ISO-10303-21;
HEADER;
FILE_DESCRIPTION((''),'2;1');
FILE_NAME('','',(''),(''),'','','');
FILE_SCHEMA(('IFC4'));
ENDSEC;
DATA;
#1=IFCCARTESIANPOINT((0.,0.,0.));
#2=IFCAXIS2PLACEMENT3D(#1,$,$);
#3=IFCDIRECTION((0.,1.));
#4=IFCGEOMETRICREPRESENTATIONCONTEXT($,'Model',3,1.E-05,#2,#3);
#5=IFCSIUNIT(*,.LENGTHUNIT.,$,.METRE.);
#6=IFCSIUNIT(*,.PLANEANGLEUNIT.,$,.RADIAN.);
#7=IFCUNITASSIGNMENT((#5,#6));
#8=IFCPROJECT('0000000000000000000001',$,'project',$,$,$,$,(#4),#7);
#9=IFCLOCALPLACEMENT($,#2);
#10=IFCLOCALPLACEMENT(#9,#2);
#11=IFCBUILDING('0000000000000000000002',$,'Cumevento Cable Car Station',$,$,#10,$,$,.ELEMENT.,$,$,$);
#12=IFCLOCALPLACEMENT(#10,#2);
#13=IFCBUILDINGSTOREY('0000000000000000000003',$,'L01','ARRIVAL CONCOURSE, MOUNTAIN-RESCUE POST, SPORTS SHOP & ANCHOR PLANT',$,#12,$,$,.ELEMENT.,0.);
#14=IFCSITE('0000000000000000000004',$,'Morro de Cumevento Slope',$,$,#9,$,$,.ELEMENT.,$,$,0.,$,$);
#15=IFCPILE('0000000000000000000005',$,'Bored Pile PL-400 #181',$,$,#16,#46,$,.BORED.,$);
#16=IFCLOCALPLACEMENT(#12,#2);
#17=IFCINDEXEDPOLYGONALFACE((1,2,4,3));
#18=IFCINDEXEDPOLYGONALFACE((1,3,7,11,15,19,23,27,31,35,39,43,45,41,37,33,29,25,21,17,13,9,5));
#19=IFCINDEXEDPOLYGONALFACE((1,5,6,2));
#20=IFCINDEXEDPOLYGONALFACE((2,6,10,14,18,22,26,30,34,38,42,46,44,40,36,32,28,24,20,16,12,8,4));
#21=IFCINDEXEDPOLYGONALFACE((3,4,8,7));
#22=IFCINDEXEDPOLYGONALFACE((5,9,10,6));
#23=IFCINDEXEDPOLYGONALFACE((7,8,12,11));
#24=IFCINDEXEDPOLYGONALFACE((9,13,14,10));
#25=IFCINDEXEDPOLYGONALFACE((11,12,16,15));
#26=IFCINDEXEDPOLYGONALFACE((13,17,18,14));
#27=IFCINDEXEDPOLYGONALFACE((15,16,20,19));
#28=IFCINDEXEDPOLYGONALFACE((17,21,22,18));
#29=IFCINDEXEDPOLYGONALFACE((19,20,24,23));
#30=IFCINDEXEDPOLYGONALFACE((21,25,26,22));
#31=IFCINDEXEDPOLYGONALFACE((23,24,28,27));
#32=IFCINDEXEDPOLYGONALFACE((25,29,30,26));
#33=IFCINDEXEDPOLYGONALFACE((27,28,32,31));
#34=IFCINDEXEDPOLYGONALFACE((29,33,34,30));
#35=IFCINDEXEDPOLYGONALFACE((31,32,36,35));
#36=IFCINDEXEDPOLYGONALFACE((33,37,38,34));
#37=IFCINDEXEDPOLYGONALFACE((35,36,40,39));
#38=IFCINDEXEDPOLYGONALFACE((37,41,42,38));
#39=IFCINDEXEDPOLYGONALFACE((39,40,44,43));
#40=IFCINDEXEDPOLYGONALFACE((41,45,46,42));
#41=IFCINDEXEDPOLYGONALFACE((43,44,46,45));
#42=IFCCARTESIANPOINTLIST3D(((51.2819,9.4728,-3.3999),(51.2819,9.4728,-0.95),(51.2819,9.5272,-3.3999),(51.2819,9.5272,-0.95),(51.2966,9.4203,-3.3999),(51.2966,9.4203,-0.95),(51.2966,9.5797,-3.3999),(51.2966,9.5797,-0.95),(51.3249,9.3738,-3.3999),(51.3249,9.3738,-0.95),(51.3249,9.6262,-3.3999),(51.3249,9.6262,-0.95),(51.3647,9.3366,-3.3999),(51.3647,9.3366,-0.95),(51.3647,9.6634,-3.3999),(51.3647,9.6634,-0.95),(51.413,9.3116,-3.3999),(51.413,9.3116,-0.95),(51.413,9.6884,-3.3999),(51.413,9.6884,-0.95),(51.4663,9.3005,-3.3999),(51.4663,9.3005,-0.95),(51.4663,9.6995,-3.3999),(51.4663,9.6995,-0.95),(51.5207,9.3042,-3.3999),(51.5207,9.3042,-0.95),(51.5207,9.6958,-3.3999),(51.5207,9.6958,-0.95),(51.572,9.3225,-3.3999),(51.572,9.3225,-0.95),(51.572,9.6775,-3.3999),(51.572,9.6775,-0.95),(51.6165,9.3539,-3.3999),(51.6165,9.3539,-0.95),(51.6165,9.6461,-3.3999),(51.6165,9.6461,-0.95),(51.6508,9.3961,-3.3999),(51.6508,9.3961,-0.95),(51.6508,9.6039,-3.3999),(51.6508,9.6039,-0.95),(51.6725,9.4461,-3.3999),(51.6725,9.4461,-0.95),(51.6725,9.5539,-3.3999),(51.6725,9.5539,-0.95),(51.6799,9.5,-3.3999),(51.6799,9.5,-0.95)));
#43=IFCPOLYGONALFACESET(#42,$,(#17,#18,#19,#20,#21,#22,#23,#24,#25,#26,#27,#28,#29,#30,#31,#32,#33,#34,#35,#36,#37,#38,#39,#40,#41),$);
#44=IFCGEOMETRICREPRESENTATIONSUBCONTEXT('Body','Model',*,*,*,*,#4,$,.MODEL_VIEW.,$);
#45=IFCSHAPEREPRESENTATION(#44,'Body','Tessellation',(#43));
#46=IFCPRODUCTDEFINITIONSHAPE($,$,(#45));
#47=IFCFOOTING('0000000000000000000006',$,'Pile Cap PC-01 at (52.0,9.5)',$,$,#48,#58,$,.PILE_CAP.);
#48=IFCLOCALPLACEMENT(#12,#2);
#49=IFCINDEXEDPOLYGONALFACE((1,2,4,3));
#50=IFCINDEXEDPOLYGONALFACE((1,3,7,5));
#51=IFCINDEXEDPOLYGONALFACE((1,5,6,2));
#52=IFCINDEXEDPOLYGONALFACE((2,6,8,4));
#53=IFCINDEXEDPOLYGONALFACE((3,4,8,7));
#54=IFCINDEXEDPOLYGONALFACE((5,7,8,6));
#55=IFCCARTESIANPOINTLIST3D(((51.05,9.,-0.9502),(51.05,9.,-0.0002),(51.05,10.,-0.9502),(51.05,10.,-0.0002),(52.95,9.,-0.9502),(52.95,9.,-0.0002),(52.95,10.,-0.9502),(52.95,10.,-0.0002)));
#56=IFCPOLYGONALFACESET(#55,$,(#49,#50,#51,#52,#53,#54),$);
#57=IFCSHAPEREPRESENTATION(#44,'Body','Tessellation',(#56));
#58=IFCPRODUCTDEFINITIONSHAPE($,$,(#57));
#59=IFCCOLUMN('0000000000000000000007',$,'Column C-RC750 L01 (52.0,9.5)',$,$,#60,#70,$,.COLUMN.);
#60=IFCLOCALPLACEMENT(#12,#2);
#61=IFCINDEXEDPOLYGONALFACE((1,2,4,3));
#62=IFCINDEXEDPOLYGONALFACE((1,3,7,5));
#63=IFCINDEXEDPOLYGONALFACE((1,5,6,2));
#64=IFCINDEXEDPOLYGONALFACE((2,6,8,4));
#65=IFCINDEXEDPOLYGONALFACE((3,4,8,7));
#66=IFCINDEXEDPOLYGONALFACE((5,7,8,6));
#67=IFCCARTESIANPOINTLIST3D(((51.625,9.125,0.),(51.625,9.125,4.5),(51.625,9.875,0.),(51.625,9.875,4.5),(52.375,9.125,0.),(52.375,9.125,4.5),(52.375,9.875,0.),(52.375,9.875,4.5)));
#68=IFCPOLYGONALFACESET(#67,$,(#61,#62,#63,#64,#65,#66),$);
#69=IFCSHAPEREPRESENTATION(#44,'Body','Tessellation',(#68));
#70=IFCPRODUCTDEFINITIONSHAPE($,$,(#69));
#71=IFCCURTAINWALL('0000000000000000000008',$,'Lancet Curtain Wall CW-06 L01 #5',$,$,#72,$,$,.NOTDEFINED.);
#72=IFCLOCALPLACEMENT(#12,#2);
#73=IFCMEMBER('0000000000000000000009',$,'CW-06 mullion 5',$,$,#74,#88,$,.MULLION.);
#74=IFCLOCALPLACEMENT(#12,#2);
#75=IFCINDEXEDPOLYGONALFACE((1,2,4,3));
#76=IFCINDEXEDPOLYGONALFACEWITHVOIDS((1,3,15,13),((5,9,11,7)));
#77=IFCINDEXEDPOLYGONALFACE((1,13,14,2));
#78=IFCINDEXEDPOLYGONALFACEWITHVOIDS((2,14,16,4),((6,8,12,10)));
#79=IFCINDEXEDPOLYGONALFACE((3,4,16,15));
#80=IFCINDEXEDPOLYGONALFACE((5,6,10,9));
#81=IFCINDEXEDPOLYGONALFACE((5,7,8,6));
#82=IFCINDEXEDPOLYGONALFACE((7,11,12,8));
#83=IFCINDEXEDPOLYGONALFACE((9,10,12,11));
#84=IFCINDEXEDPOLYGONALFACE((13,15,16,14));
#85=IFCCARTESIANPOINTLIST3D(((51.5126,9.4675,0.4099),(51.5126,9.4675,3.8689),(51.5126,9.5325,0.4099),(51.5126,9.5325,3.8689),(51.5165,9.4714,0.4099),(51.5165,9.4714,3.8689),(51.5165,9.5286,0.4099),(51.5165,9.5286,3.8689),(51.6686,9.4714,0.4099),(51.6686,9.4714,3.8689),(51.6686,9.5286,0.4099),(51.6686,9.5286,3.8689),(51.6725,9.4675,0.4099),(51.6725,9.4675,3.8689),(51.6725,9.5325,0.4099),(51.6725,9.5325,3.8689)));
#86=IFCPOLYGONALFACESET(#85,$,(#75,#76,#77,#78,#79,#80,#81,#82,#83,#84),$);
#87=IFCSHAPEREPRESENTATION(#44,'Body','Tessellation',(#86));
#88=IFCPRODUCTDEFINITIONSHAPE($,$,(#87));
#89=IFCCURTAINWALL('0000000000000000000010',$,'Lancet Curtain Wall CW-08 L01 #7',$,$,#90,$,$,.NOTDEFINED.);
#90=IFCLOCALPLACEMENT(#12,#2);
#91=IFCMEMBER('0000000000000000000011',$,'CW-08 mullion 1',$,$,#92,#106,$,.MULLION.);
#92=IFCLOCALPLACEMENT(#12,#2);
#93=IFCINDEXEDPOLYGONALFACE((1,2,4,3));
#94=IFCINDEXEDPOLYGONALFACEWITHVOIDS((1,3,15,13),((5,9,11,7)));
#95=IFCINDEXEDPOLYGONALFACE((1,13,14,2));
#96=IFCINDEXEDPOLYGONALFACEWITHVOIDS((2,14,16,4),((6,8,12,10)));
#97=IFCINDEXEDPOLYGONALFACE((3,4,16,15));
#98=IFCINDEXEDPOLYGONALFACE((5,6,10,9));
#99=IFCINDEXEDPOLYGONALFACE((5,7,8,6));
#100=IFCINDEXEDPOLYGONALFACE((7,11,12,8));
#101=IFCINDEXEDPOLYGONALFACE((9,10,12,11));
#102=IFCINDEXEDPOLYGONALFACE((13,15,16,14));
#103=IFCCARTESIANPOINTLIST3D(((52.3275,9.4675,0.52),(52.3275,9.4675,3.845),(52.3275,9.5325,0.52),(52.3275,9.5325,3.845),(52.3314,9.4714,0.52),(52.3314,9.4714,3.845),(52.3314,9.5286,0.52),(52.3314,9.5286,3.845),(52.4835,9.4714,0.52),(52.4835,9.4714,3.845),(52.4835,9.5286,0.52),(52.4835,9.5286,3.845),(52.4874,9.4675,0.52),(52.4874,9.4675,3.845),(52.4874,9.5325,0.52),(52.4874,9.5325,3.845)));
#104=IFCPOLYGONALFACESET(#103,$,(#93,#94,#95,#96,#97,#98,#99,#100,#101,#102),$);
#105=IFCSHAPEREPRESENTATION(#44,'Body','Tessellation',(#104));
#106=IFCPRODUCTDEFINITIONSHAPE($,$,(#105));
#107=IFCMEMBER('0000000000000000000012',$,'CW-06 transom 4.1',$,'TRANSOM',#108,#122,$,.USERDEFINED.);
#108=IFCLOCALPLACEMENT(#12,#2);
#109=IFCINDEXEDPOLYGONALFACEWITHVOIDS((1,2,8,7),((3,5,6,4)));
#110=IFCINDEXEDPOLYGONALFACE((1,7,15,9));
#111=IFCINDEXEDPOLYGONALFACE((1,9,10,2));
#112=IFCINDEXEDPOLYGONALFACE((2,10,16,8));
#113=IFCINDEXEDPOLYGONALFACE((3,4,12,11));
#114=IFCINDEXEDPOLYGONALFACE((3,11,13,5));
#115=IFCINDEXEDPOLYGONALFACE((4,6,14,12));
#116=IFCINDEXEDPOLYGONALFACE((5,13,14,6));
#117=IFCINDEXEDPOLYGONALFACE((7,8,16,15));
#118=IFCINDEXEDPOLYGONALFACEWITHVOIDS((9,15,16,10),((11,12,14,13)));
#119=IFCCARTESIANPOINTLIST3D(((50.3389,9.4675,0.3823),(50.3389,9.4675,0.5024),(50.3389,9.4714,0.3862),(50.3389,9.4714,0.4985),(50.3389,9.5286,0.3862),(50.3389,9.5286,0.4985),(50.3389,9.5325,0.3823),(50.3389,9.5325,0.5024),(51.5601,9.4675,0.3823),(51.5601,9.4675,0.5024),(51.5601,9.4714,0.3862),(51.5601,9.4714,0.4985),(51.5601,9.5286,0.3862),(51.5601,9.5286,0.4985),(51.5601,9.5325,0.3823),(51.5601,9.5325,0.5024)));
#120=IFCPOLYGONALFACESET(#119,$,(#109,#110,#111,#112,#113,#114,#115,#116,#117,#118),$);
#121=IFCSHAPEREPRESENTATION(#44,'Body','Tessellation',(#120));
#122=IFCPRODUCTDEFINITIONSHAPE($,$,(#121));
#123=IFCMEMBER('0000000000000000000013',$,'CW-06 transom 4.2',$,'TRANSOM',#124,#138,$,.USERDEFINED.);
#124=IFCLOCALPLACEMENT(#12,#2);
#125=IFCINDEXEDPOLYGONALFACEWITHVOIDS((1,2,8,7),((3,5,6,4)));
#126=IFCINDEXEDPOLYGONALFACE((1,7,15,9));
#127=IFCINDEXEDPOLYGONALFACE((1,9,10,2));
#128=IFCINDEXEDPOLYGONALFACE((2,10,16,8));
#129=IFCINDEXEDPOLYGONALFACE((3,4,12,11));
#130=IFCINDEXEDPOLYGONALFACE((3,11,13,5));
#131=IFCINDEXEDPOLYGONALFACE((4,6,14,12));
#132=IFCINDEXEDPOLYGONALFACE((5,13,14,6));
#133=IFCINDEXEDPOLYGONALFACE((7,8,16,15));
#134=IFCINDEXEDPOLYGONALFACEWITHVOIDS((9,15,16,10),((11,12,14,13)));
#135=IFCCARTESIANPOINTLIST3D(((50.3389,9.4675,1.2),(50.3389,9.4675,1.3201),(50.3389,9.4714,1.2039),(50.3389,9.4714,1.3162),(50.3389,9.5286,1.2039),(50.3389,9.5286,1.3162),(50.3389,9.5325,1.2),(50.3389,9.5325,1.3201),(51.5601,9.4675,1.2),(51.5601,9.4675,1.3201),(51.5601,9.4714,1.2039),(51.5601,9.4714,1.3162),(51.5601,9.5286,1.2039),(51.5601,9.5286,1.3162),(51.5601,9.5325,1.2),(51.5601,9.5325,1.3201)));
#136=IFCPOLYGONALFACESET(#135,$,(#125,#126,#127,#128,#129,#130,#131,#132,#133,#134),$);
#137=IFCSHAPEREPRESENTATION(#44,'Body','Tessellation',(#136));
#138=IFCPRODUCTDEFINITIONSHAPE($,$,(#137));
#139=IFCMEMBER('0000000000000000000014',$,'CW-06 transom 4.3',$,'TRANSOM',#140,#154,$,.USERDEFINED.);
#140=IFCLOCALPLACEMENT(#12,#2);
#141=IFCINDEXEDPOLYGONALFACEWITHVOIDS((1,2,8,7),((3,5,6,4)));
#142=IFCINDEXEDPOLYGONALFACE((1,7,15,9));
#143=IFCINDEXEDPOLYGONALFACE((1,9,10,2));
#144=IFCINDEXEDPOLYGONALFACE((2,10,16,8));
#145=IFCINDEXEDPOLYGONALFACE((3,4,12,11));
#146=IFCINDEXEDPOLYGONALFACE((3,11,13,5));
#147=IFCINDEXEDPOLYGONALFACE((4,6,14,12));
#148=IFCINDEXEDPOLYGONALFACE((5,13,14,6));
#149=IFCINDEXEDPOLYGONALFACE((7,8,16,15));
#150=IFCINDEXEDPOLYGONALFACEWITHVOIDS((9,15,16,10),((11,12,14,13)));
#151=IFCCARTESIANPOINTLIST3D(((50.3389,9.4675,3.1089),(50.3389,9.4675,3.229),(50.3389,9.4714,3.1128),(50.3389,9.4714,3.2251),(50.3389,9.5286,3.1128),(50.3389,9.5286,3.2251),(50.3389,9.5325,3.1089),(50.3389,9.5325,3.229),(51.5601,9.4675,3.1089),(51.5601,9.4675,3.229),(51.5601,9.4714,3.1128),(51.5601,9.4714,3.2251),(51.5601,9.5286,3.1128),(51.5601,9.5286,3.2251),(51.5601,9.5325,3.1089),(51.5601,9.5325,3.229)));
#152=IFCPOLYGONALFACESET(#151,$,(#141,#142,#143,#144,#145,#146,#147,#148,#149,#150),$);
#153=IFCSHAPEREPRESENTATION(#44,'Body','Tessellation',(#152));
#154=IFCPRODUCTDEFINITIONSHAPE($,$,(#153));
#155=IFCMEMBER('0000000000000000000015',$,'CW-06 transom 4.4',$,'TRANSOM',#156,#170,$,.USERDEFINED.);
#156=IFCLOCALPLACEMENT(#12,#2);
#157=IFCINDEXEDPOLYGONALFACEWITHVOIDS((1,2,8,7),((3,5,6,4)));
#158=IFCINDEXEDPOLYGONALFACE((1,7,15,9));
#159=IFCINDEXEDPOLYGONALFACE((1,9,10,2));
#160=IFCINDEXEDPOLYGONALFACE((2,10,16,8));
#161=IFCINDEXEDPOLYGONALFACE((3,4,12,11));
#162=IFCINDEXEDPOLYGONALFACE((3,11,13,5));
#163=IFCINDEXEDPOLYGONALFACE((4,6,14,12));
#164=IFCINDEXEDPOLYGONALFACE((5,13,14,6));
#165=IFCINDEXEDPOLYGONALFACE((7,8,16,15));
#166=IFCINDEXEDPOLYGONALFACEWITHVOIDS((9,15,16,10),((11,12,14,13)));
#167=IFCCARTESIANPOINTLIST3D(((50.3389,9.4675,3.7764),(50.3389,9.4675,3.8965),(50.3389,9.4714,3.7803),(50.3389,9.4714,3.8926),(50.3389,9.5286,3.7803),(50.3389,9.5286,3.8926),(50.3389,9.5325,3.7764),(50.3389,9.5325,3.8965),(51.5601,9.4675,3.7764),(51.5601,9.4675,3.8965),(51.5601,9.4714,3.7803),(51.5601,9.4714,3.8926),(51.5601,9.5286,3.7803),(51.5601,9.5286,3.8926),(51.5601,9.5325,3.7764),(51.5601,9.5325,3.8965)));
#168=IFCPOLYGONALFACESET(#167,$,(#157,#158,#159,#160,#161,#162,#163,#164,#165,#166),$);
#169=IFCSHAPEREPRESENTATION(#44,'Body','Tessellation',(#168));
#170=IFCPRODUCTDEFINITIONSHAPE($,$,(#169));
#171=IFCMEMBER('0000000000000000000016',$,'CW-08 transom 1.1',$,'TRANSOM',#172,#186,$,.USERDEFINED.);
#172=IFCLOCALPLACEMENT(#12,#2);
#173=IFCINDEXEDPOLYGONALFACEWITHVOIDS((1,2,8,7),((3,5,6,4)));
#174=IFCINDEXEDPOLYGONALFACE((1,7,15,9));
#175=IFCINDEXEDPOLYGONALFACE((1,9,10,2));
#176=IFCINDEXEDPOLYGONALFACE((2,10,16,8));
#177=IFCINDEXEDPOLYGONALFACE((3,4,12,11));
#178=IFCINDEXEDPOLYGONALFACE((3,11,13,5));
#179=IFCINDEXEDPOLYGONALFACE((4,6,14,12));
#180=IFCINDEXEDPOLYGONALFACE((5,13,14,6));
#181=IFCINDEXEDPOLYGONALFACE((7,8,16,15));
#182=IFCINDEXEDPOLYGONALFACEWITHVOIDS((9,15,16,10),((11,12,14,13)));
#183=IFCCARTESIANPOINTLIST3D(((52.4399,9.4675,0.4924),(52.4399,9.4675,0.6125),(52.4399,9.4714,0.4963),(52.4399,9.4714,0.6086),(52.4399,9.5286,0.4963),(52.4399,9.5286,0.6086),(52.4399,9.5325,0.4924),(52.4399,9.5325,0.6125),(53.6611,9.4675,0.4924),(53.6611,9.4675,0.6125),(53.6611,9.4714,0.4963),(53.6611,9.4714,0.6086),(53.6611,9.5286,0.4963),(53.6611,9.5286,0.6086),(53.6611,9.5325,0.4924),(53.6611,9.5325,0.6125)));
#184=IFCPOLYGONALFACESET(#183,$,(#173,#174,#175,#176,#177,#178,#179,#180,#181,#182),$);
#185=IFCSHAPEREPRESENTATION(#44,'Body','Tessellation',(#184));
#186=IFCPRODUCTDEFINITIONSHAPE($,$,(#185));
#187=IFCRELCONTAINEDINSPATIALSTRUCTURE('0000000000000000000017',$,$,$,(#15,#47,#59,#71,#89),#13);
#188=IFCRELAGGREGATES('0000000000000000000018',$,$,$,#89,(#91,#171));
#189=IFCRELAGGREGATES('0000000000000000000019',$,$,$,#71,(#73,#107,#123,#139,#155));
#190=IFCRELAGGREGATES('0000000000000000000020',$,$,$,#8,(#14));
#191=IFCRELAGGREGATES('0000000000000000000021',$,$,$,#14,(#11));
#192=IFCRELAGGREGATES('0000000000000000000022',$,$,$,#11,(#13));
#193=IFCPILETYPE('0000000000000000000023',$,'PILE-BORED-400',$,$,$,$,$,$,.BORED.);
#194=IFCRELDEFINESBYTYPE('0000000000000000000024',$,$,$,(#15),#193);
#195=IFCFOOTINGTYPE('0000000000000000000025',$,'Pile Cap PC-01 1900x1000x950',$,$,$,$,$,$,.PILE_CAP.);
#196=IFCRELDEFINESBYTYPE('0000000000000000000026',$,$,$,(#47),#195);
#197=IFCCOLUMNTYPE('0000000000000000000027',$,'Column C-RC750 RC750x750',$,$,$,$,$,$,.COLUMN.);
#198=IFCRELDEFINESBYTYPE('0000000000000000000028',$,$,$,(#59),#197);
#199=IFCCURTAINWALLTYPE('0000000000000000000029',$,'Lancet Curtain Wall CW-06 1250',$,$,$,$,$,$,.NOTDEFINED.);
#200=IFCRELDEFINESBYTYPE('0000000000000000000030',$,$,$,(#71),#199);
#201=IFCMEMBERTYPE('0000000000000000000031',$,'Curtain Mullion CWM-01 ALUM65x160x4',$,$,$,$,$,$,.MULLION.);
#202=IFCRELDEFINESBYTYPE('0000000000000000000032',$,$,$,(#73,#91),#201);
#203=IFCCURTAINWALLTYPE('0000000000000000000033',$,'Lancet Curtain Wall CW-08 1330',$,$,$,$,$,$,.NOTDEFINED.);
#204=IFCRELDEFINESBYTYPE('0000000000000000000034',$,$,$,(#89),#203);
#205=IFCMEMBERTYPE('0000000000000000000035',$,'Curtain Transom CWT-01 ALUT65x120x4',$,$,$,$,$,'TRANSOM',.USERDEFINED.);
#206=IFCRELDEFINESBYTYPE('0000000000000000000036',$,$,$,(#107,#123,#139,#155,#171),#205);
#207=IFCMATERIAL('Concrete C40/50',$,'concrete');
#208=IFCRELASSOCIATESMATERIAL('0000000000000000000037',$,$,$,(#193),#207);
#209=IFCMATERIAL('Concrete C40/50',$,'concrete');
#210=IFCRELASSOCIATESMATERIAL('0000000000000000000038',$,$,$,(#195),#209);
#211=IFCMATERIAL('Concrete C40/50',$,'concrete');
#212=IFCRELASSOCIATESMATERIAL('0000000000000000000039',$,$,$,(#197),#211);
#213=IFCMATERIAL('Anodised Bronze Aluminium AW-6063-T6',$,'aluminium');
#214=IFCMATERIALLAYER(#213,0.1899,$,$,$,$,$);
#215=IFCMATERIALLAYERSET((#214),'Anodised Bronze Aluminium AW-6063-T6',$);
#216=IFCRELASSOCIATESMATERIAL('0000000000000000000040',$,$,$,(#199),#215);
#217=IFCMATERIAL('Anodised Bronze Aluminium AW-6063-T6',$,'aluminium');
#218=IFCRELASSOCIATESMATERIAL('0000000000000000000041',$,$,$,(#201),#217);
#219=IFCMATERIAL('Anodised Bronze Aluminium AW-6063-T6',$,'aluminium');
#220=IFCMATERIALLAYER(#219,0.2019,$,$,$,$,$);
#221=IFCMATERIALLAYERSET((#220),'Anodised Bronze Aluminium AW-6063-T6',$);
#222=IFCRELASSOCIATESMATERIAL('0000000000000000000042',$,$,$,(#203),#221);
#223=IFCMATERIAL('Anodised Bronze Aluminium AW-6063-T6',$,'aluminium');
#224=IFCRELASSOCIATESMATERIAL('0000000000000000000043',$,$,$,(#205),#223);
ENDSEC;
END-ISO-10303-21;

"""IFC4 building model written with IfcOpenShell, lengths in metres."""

from ifc_helpers import new_model, si_unit, direction, frame, origin, origin_2d, place, context, subcontext, project, spatial, rectangle, hollow_rectangle, circle, extrude, material, layer, layer_set, material_profile, profile_set, type_object, element, aggregate, save


model = new_model("IFC4")

# Units and contexts
model_context = context("Model", 3, precision=1e-05, world=origin(), true_north=direction((0.0, 1.0)))
body_context = subcontext(model_context, "Body", "Model", "MODEL_VIEW")
ifc_project = project(units=[si_unit("LENGTHUNIT", "METRE"), si_unit("PLANEANGLEUNIT", "RADIAN")], contexts=[model_context])

# Site, building, storey
site_placement = place(None, origin())
site = spatial("IfcSite", under=ifc_project, at=site_placement, Name="Morro de Cumevento Slope", CompositionType="ELEMENT", RefElevation=0.0)
building_placement = place(site_placement, origin())
building = spatial("IfcBuilding", under=site, at=building_placement, Name="Cumevento Cable Car Station", CompositionType="ELEMENT")
storey_placement = place(building_placement, origin())
storey = spatial("IfcBuildingStorey", under=building, at=storey_placement, Name="L01", Description="ARRIVAL CONCOURSE, MOUNTAIN-RESCUE POST, SPORTS SHOP & ANCHOR PLANT", CompositionType="ELEMENT", Elevation=0.0)

# Pile
ifc_material_1 = material(Name="Concrete C40/50", Category="concrete")
ifc_material_profile_1 = material_profile(ifc_material_1, circle(Radius=0.2, at=origin_2d()), Name="PILE-D400")
ifc_profile_set_1 = profile_set([ifc_material_profile_1], Name="Concrete C40/50")
pile_type = type_object("IfcPileType", Name="PILE-BORED-400", PredefinedType="BORED", material=ifc_profile_set_1)
pile_placement = place(storey_placement, frame((51.48, 9.5, -0.95), z_axis=(0.0, 0.0, -1.0), x_axis=(1.0, 0.0, 0.0)))
element("IfcPile", 1, at=pile_placement, inside=storey, type_object=pile_type, Name="Bored Pile PL-400 #181", PredefinedType="BORED", context=body_context, shape_type="SweptSolid", body=[
    extrude(circle(Radius=0.2, at=origin_2d()), origin(), (0.0, 0.0, 1.0), 2.45),
])

# Footing
ifc_material_2 = material(Name="Concrete C40/50", Category="concrete")
footing_type = type_object("IfcFootingType", Name="Pile Cap PC-01 1900x1000x950", PredefinedType="PILE_CAP", material=ifc_material_2)
footing_placement = place(storey_placement, frame((52.0, 9.5, -0.9502), z_axis=(0.0, 0.0, 1.0), x_axis=(1.0, 0.0, 0.0)))
element("IfcFooting", 2, at=footing_placement, inside=storey, type_object=footing_type, Name="Pile Cap PC-01 at (52.0,9.5)", PredefinedType="PILE_CAP", context=body_context, shape_type="SweptSolid", body=[
    extrude(rectangle(XDim=1.8999, YDim=1.0, at=origin_2d()), origin(), (0.0, 0.0, 1.0), 0.95),
])

# Column
ifc_material_3 = material(Name="Concrete C40/50", Category="concrete")
ifc_material_profile_2 = material_profile(ifc_material_3, rectangle(XDim=0.75, YDim=0.75, at=origin_2d()), Name="RC750x750")
ifc_profile_set_2 = profile_set([ifc_material_profile_2], Name="Concrete C40/50")
column_type = type_object("IfcColumnType", Name="Column C-RC750 RC750x750", PredefinedType="COLUMN", material=ifc_profile_set_2)
column_placement = place(storey_placement, frame((52.0, 9.5, 0.0), z_axis=(0.0, 0.0, 1.0), x_axis=(1.0, 0.0, 0.0)))
element("IfcColumn", 3, at=column_placement, inside=storey, type_object=column_type, Name="Column C-RC750 L01 (52.0,9.5)", PredefinedType="COLUMN", context=body_context, shape_type="SweptSolid", body=[
    extrude(rectangle(XDim=0.75, YDim=0.75, at=origin_2d()), origin(), (0.0, 0.0, 1.0), 4.5),
])

# Curtain walls, members
ifc_material_4 = material(Name="Anodised Bronze Aluminium AW-6063-T6", Category="aluminium")
ifc_layer_1 = layer(ifc_material_4, 0.1899)
ifc_layer_set_1 = layer_set([ifc_layer_1], Name="Anodised Bronze Aluminium AW-6063-T6")
curtain_wall_type_1 = type_object("IfcCurtainWallType", Name="Lancet Curtain Wall CW-06 1250", PredefinedType="NOTDEFINED", material=ifc_layer_set_1)
curtain_wall_1_placement = place(storey_placement, origin())
curtain_wall_1 = element("IfcCurtainWall", 4, at=curtain_wall_1_placement, inside=storey, type_object=curtain_wall_type_1, Name="Lancet Curtain Wall CW-06 L01 #5", PredefinedType="NOTDEFINED")
ifc_material_5 = material(Name="Anodised Bronze Aluminium AW-6063-T6", Category="aluminium")
ifc_material_profile_3 = material_profile(ifc_material_5, hollow_rectangle(XDim=0.0649, YDim=0.1599, WallThickness=0.0039, at=origin_2d()), Name="ALUM65x160x4")
ifc_profile_set_3 = profile_set([ifc_material_profile_3], Name="Anodised Bronze Aluminium AW-6063-T6")
member_type_1 = type_object("IfcMemberType", Name="Curtain Mullion CWM-01 ALUM65x160x4", PredefinedType="MULLION", material=ifc_profile_set_3)
member_1_placement = place(storey_placement, frame((51.5925, 9.5, 0.4099), z_axis=(0.0, 0.0, 1.0), x_axis=(0.0, 1.0, 0.0)))
member_1 = element("IfcMember", 5, at=member_1_placement, type_object=member_type_1, Name="CW-06 mullion 5", PredefinedType="MULLION", context=body_context, shape_type="SweptSolid", body=[
    extrude(hollow_rectangle(XDim=0.0649, YDim=0.1599, WallThickness=0.0039, at=origin_2d()), origin(), (0.0, 0.0, 1.0), 3.459),
])
ifc_material_6 = material(Name="Anodised Bronze Aluminium AW-6063-T6", Category="aluminium")
ifc_layer_2 = layer(ifc_material_6, 0.2019)
ifc_layer_set_2 = layer_set([ifc_layer_2], Name="Anodised Bronze Aluminium AW-6063-T6")
curtain_wall_type_2 = type_object("IfcCurtainWallType", Name="Lancet Curtain Wall CW-08 1330", PredefinedType="NOTDEFINED", material=ifc_layer_set_2)
curtain_wall_2_placement = place(storey_placement, origin())
curtain_wall_2 = element("IfcCurtainWall", 6, at=curtain_wall_2_placement, inside=storey, type_object=curtain_wall_type_2, Name="Lancet Curtain Wall CW-08 L01 #7", PredefinedType="NOTDEFINED")
member_2_placement = place(storey_placement, frame((52.4075, 9.5, 0.52), z_axis=(0.0, 0.0, 1.0), x_axis=(0.0, 1.0, 0.0)))
member_2 = element("IfcMember", 7, at=member_2_placement, type_object=member_type_1, Name="CW-08 mullion 1", PredefinedType="MULLION", context=body_context, shape_type="SweptSolid", body=[
    extrude(hollow_rectangle(XDim=0.0649, YDim=0.1599, WallThickness=0.0039, at=origin_2d()), origin(), (0.0, 0.0, 1.0), 3.325),
])

# Members
ifc_material_7 = material(Name="Anodised Bronze Aluminium AW-6063-T6", Category="aluminium")
ifc_material_profile_4 = material_profile(ifc_material_7, hollow_rectangle(XDim=0.0649, YDim=0.1201, WallThickness=0.0039, at=origin_2d()), Name="ALUT65x120x4")
ifc_profile_set_4 = profile_set([ifc_material_profile_4], Name="Anodised Bronze Aluminium AW-6063-T6")
member_type_2 = type_object("IfcMemberType", Name="Curtain Transom CWT-01 ALUT65x120x4", ElementType="TRANSOM", PredefinedType="USERDEFINED", material=ifc_profile_set_4)
member_3_placement = place(storey_placement, frame((50.3389, 9.5, 0.4424), z_axis=(1.0, 0.0, 0.0), x_axis=(0.0, 1.0, 0.0)))
member_3 = element("IfcMember", 8, at=member_3_placement, type_object=member_type_2, Name="CW-06 transom 4.1", ObjectType="TRANSOM", PredefinedType="USERDEFINED", context=body_context, shape_type="SweptSolid", body=[
    extrude(hollow_rectangle(XDim=0.0649, YDim=0.1201, WallThickness=0.0039, at=origin_2d()), origin(), (0.0, 0.0, 1.0), 1.2212),
])
member_4_placement = place(storey_placement, frame((50.3389, 9.5, 1.26), z_axis=(1.0, 0.0, 0.0), x_axis=(0.0, 1.0, 0.0)))
member_4 = element("IfcMember", 9, at=member_4_placement, type_object=member_type_2, Name="CW-06 transom 4.2", ObjectType="TRANSOM", PredefinedType="USERDEFINED", context=body_context, shape_type="SweptSolid", body=[
    extrude(hollow_rectangle(XDim=0.0649, YDim=0.1201, WallThickness=0.0039, at=origin_2d()), origin(), (0.0, 0.0, 1.0), 1.2212),
])
member_5_placement = place(storey_placement, frame((50.3389, 9.5, 3.1689), z_axis=(1.0, 0.0, 0.0), x_axis=(0.0, 1.0, 0.0)))
member_5 = element("IfcMember", 10, at=member_5_placement, type_object=member_type_2, Name="CW-06 transom 4.3", ObjectType="TRANSOM", PredefinedType="USERDEFINED", context=body_context, shape_type="SweptSolid", body=[
    extrude(hollow_rectangle(XDim=0.0649, YDim=0.1201, WallThickness=0.0039, at=origin_2d()), origin(), (0.0, 0.0, 1.0), 1.2212),
])
member_6_placement = place(storey_placement, frame((50.3389, 9.5, 3.8364), z_axis=(1.0, 0.0, 0.0), x_axis=(0.0, 1.0, 0.0)))
member_6 = element("IfcMember", 11, at=member_6_placement, type_object=member_type_2, Name="CW-06 transom 4.4", ObjectType="TRANSOM", PredefinedType="USERDEFINED", context=body_context, shape_type="SweptSolid", body=[
    extrude(hollow_rectangle(XDim=0.0649, YDim=0.1201, WallThickness=0.0039, at=origin_2d()), origin(), (0.0, 0.0, 1.0), 1.2212),
])
member_7_placement = place(storey_placement, frame((52.4399, 9.5, 0.5525), z_axis=(1.0, 0.0, 0.0), x_axis=(0.0, 1.0, 0.0)))
member_7 = element("IfcMember", 12, at=member_7_placement, type_object=member_type_2, Name="CW-08 transom 1.1", ObjectType="TRANSOM", PredefinedType="USERDEFINED", context=body_context, shape_type="SweptSolid", body=[
    extrude(hollow_rectangle(XDim=0.0649, YDim=0.1201, WallThickness=0.0039, at=origin_2d()), origin(), (0.0, 0.0, 1.0), 1.2212),
])
aggregate(curtain_wall_2, [member_2, member_7])

aggregate(curtain_wall_1, [member_1, member_3, member_4, member_5, member_6])

save(model, "model.ifc")
